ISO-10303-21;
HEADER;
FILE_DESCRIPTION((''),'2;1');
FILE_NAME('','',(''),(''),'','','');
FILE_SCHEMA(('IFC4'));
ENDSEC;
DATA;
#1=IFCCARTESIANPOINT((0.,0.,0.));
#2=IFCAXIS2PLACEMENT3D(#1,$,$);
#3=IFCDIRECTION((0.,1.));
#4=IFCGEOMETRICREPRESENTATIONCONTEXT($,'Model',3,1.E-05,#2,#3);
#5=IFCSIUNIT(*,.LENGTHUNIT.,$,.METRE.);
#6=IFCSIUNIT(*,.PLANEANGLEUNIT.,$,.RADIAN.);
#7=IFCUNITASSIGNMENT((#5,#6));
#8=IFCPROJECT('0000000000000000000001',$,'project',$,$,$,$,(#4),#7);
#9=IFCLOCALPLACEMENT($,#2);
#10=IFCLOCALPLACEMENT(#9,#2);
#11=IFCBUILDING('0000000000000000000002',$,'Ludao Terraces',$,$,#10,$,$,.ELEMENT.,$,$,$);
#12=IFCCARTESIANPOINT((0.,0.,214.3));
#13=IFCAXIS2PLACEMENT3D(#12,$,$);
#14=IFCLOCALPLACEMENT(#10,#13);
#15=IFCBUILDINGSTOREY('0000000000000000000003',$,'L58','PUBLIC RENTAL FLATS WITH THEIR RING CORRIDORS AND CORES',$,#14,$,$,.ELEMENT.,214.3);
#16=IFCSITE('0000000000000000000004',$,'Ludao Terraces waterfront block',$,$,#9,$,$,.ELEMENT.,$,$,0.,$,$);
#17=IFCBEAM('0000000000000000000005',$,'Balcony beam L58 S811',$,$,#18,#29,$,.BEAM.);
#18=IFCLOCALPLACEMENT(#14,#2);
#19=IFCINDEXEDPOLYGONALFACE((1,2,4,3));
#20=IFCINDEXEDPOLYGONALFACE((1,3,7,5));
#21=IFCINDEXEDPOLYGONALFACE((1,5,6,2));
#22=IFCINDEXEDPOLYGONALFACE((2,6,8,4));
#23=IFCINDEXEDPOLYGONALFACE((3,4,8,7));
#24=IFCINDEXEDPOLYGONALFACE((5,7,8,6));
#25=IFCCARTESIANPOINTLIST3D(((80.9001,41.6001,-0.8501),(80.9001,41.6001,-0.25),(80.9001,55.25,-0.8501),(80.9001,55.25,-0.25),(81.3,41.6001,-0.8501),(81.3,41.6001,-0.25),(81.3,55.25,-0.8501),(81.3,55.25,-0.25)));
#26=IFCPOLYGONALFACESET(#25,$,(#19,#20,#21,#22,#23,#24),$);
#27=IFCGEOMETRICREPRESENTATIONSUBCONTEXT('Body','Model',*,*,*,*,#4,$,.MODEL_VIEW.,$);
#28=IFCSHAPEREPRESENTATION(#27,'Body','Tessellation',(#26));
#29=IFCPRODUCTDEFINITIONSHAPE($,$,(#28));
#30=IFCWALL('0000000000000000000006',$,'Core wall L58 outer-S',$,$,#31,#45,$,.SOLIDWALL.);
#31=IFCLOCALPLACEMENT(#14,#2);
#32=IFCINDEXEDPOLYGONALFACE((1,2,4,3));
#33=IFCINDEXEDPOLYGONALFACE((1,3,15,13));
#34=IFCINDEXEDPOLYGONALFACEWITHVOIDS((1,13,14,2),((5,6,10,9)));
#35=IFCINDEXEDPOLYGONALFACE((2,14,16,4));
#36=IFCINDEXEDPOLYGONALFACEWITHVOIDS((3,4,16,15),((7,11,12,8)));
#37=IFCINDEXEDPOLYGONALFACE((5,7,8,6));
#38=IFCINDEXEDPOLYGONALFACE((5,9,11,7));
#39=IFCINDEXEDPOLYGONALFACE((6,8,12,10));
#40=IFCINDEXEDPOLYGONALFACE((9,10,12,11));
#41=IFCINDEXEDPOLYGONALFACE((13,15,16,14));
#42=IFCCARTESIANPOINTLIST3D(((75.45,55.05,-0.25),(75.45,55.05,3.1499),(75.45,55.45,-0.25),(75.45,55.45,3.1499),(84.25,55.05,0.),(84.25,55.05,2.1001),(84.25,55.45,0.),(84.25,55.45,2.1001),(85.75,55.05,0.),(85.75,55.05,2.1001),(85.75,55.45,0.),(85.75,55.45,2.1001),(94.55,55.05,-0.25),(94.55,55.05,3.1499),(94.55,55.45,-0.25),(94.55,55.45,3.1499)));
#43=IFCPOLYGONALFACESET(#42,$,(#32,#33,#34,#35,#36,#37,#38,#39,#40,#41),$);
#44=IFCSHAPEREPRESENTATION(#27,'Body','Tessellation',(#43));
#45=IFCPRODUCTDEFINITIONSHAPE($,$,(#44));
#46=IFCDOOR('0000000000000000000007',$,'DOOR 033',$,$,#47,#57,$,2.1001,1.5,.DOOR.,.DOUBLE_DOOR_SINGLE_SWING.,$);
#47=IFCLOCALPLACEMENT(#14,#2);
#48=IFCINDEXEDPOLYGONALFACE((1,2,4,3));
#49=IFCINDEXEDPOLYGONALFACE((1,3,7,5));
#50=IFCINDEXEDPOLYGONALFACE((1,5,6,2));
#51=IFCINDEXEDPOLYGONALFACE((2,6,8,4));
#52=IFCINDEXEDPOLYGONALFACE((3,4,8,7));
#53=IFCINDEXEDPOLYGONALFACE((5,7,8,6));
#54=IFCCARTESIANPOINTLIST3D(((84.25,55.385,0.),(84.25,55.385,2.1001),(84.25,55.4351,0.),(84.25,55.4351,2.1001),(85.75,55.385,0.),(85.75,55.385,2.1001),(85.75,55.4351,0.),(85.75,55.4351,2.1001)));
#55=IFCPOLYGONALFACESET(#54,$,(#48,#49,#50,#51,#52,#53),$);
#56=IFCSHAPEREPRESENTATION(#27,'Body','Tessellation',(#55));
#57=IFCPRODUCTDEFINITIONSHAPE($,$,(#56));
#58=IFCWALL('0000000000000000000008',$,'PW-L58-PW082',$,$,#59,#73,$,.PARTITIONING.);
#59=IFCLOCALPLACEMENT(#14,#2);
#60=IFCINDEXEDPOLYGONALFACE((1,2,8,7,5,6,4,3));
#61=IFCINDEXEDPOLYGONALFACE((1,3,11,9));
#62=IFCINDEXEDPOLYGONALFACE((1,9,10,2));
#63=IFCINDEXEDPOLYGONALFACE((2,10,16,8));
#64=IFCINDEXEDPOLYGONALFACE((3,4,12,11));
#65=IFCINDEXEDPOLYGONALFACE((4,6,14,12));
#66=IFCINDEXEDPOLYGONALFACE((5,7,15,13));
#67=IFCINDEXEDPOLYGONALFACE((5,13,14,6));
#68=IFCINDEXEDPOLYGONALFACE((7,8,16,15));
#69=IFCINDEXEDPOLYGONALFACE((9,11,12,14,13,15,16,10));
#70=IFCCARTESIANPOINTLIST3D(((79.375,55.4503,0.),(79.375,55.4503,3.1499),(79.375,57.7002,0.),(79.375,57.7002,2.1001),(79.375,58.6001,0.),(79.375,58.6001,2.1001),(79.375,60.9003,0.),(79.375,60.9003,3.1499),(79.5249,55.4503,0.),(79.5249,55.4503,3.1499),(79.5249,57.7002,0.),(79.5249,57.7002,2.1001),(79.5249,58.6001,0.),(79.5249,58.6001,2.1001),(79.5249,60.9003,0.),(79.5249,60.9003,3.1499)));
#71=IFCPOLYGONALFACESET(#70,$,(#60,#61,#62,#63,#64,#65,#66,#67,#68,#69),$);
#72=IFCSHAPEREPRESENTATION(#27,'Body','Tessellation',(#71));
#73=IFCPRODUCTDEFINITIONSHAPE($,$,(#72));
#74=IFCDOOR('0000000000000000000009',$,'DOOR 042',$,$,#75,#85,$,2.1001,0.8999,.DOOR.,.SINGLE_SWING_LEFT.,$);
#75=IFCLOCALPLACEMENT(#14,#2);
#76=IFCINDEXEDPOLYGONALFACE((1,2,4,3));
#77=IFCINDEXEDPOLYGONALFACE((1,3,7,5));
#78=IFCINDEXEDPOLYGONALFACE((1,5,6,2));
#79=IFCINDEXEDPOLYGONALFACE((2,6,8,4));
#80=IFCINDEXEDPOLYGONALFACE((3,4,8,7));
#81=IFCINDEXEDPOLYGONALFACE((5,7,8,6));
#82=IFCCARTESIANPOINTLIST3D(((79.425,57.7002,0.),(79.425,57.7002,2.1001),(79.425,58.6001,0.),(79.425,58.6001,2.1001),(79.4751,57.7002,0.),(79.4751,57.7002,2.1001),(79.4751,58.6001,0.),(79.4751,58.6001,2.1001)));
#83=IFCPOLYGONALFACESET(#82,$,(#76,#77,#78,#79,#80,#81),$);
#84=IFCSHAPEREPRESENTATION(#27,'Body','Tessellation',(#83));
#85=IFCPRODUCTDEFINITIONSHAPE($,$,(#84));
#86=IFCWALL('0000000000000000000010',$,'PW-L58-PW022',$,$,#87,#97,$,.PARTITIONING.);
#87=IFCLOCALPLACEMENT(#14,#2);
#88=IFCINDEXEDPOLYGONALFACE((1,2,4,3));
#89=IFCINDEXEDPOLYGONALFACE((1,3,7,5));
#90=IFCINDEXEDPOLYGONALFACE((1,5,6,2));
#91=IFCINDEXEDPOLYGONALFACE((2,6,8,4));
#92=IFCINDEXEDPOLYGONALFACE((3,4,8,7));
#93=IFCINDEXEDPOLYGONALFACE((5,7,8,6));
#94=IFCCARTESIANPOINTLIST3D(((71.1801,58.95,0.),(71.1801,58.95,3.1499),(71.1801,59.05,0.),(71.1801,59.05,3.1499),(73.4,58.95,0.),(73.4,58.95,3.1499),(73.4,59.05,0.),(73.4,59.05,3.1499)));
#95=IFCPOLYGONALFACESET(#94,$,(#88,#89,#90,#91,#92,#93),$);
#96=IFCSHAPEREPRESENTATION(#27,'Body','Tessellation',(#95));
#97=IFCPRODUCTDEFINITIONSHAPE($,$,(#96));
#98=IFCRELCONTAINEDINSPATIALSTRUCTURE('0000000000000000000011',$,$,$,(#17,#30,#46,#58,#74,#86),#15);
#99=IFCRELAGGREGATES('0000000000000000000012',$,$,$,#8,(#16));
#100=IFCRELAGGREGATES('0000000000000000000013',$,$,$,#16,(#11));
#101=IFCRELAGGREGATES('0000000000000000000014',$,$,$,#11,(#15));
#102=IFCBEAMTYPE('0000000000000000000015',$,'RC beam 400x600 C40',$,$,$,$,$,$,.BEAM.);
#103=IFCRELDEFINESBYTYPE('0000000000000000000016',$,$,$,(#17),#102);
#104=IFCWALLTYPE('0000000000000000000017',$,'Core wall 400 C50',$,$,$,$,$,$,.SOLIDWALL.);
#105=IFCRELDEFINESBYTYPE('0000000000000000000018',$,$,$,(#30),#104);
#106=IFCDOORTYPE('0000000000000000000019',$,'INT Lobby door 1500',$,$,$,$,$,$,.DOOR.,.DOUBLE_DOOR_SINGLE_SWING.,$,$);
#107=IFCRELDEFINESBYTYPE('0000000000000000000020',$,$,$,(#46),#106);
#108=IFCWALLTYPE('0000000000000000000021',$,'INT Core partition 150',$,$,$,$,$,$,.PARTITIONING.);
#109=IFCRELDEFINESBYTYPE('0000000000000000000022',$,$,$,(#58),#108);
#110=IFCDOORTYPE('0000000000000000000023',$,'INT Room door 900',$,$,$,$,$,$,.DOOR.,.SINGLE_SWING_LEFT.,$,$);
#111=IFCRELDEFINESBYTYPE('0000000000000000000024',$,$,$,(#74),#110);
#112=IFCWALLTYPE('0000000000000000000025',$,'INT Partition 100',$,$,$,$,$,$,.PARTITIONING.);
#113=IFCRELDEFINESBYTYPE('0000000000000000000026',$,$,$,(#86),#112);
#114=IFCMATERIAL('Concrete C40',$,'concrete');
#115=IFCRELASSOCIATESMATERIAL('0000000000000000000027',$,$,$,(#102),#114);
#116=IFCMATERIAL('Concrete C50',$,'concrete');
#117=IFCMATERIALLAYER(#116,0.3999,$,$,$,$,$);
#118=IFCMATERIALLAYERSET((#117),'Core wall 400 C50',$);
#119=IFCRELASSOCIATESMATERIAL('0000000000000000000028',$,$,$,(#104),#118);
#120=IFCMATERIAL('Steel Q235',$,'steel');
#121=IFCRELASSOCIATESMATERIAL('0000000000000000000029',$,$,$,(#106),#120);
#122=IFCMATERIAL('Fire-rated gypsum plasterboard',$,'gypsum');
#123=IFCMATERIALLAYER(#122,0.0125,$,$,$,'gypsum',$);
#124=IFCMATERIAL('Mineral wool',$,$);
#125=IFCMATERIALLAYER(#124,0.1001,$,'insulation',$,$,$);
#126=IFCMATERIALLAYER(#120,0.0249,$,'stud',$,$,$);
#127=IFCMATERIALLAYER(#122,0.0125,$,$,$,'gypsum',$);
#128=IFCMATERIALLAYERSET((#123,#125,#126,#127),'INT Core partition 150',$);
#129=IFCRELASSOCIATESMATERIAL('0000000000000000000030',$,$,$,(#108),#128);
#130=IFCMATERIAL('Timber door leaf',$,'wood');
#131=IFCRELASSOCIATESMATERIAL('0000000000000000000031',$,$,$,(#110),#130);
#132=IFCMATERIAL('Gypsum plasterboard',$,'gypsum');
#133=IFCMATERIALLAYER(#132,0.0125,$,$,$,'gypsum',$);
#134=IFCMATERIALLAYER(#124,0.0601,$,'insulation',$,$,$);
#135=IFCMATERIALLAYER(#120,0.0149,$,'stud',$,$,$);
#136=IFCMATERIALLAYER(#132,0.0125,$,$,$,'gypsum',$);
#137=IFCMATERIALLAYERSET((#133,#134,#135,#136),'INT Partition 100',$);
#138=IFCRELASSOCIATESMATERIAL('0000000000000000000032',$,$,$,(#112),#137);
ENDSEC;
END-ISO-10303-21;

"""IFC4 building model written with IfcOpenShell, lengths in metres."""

from ifc_helpers import new_model, si_unit, direction, frame, frame_2d, origin, origin_2d, place, context, subcontext, project, spatial, rectangle, extrude, material, layer, layer_set, material_profile, profile_set, type_object, element, fill, save


model = new_model("IFC4")

# Units and contexts
model_context = context("Model", 3, precision=1e-05, world=origin(), true_north=direction((0.0, 1.0)))
body_context = subcontext(model_context, "Body", "Model", "MODEL_VIEW")
ifc_project = project(units=[si_unit("LENGTHUNIT", "METRE"), si_unit("PLANEANGLEUNIT", "RADIAN")], contexts=[model_context])

# Site, building, storey
site_placement = place(None, origin())
site = spatial("IfcSite", under=ifc_project, at=site_placement, Name="Ludao Terraces waterfront block", CompositionType="ELEMENT", RefElevation=0.0)
building_placement = place(site_placement, origin())
building = spatial("IfcBuilding", under=site, at=building_placement, Name="Ludao Terraces", CompositionType="ELEMENT")
storey_placement = place(building_placement, frame((0.0, 0.0, 214.3)))
storey = spatial("IfcBuildingStorey", under=building, at=storey_placement, Name="L58", Description="PUBLIC RENTAL FLATS WITH THEIR RING CORRIDORS AND CORES", CompositionType="ELEMENT", Elevation=214.3)

# Beam
ifc_material_1 = material(Name="Concrete C40", Category="concrete")
ifc_material_profile = material_profile(ifc_material_1, rectangle(XDim=0.3999, YDim=0.6001, at=origin_2d()), Name="400 X 600")
ifc_profile_set = profile_set([ifc_material_profile], Name="Concrete C40")
beam_type = type_object("IfcBeamType", Name="RC beam 400x600 C40", PredefinedType="BEAM", material=ifc_profile_set)
beam_placement = place(storey_placement, frame((81.1001, 55.25, -0.55), z_axis=(0.0, -1.0, 0.0), x_axis=(1.0, 0.0, 0.0)))
element("IfcBeam", 1, at=beam_placement, inside=storey, type_object=beam_type, Name="Balcony beam L58 S811", PredefinedType="BEAM", context=body_context, shape_type="SweptSolid", body=[
    extrude(rectangle(XDim=0.3999, YDim=0.6001, at=origin_2d()), origin(), (0.0, 0.0, 1.0), 13.6499),
])

# Walls, openings, doors
ifc_material_2 = material(Name="Concrete C50", Category="concrete")
ifc_layer_1 = layer(ifc_material_2, 0.3999)
ifc_layer_set_1 = layer_set([ifc_layer_1], Name="Core wall 400 C50")
wall_type_1 = type_object("IfcWallType", Name="Core wall 400 C50", PredefinedType="SOLIDWALL", material=ifc_layer_set_1)
wall_1_placement = place(storey_placement, frame((75.45, 55.25, -0.25), z_axis=(0.0, 0.0, 1.0), x_axis=(1.0, 0.0, 0.0)))
wall_1 = element("IfcWall", 2, at=wall_1_placement, inside=storey, type_object=wall_type_1, Name="Core wall L58 outer-S", PredefinedType="SOLIDWALL", context=body_context, shape_type="SweptSolid", body=[
    extrude(rectangle(XDim=19.1001, YDim=0.3999, at=frame_2d((9.55, 0.0))), origin(), (0.0, 0.0, 1.0), 3.3999),
])
opening_1_placement = place(wall_1_placement, frame((8.8, 0.0, 0.25)))
opening_1 = element("IfcOpeningElement", 3, at=opening_1_placement, cuts=wall_1, PredefinedType="OPENING", context=body_context, shape_type="SweptSolid", body=[
    extrude(rectangle(XDim=1.5, YDim=2.1001, at=frame_2d((0.75, 1.05))), frame((0.0, 0.21, 0.0), z_axis=(0.0, -1.0, 0.0), x_axis=(1.0, 0.0, 0.0)), (0.0, 0.0, 1.0), 0.4199),
])
ifc_material_3 = material(Name="Steel Q235", Category="steel")
door_type_1 = type_object("IfcDoorType", Name="INT Lobby door 1500", OperationType="DOUBLE_DOOR_SINGLE_SWING", PredefinedType="DOOR", material=ifc_material_3)
door_1_placement = place(opening_1_placement, origin())
door_1 = element("IfcDoor", 4, at=door_1_placement, inside=storey, type_object=door_type_1, Name="DOOR 033", OperationType="DOUBLE_DOOR_SINGLE_SWING", OverallHeight=2.1001, OverallWidth=1.5, PredefinedType="DOOR", context=body_context, shape_type="SweptSolid", body=[
    extrude(rectangle(XDim=1.5, YDim=2.1001, at=frame_2d((0.75, 1.05))), frame((0.0, 0.1851, 0.0), z_axis=(0.0, -1.0, 0.0), x_axis=(1.0, 0.0, 0.0)), (0.0, 0.0, 1.0), 0.05),
])
fill(opening_1, door_1)
ifc_material_4 = material(Name="Fire-rated gypsum plasterboard", Category="gypsum")
ifc_layer_2 = layer(ifc_material_4, 0.0125, Category="gypsum")
ifc_material_5 = material(Name="Mineral wool")
ifc_layer_3 = layer(ifc_material_5, 0.1001, Name="insulation")
ifc_layer_4 = layer(ifc_material_3, 0.0249, Name="stud")
ifc_layer_5 = layer(ifc_material_4, 0.0125, Category="gypsum")
ifc_layer_set_2 = layer_set([ifc_layer_2, ifc_layer_3, ifc_layer_4, ifc_layer_5], Name="INT Core partition 150")
wall_type_2 = type_object("IfcWallType", Name="INT Core partition 150", PredefinedType="PARTITIONING", material=ifc_layer_set_2)
wall_2_placement = place(storey_placement, frame((79.45, 55.4502, 0.0), z_axis=(0.0, 0.0, 1.0), x_axis=(0.0, 1.0, 0.0)))
wall_2 = element("IfcWall", 5, at=wall_2_placement, inside=storey, type_object=wall_type_2, Name="PW-L58-PW082", PredefinedType="PARTITIONING", context=body_context, shape_type="SweptSolid", body=[
    extrude(rectangle(XDim=5.45, YDim=0.1499, at=frame_2d((2.7251, 0.0))), origin(), (0.0, 0.0, 1.0), 3.1499),
])
opening_2_placement = place(wall_2_placement, frame((2.25, 0.0, 0.0)))
opening_2 = element("IfcOpeningElement", 6, at=opening_2_placement, cuts=wall_2, PredefinedType="OPENING", context=body_context, shape_type="SweptSolid", body=[
    extrude(rectangle(XDim=0.8999, YDim=2.1001, at=frame_2d((0.45, 1.05))), frame((0.0, 0.085, 0.0), z_axis=(0.0, -1.0, 0.0), x_axis=(1.0, 0.0, 0.0)), (0.0, 0.0, 1.0), 0.1699),
])
ifc_material_6 = material(Name="Timber door leaf", Category="wood")
door_type_2 = type_object("IfcDoorType", Name="INT Room door 900", OperationType="SINGLE_SWING_LEFT", PredefinedType="DOOR", material=ifc_material_6)
door_2_placement = place(opening_2_placement, origin())
door_2 = element("IfcDoor", 7, at=door_2_placement, inside=storey, type_object=door_type_2, Name="DOOR 042", OperationType="SINGLE_SWING_LEFT", OverallHeight=2.1001, OverallWidth=0.8999, PredefinedType="DOOR", context=body_context, shape_type="SweptSolid", body=[
    extrude(rectangle(XDim=0.8999, YDim=2.1001, at=frame_2d((0.45, 1.05))), frame((0.0, 0.0249, 0.0), z_axis=(0.0, -1.0, 0.0), x_axis=(1.0, 0.0, 0.0)), (0.0, 0.0, 1.0), 0.05),
])
fill(opening_2, door_2)

# Wall
ifc_material_7 = material(Name="Gypsum plasterboard", Category="gypsum")
ifc_layer_6 = layer(ifc_material_7, 0.0125, Category="gypsum")
ifc_layer_7 = layer(ifc_material_5, 0.0601, Name="insulation")
ifc_layer_8 = layer(ifc_material_3, 0.0149, Name="stud")
ifc_layer_9 = layer(ifc_material_7, 0.0125, Category="gypsum")
ifc_layer_set_3 = layer_set([ifc_layer_6, ifc_layer_7, ifc_layer_8, ifc_layer_9], Name="INT Partition 100")
wall_type_3 = type_object("IfcWallType", Name="INT Partition 100", PredefinedType="PARTITIONING", material=ifc_layer_set_3)
wall_3_placement = place(storey_placement, frame((71.1802, 59.0, 0.0), z_axis=(0.0, 0.0, 1.0), x_axis=(1.0, 0.0, 0.0)))
element("IfcWall", 8, at=wall_3_placement, inside=storey, type_object=wall_type_3, Name="PW-L58-PW022", PredefinedType="PARTITIONING", context=body_context, shape_type="SweptSolid", body=[
    extrude(rectangle(XDim=2.22, YDim=0.1001, at=frame_2d((1.1099, 0.0))), origin(), (0.0, 0.0, 1.0), 3.1499),
])

save(model, "model.ifc")
